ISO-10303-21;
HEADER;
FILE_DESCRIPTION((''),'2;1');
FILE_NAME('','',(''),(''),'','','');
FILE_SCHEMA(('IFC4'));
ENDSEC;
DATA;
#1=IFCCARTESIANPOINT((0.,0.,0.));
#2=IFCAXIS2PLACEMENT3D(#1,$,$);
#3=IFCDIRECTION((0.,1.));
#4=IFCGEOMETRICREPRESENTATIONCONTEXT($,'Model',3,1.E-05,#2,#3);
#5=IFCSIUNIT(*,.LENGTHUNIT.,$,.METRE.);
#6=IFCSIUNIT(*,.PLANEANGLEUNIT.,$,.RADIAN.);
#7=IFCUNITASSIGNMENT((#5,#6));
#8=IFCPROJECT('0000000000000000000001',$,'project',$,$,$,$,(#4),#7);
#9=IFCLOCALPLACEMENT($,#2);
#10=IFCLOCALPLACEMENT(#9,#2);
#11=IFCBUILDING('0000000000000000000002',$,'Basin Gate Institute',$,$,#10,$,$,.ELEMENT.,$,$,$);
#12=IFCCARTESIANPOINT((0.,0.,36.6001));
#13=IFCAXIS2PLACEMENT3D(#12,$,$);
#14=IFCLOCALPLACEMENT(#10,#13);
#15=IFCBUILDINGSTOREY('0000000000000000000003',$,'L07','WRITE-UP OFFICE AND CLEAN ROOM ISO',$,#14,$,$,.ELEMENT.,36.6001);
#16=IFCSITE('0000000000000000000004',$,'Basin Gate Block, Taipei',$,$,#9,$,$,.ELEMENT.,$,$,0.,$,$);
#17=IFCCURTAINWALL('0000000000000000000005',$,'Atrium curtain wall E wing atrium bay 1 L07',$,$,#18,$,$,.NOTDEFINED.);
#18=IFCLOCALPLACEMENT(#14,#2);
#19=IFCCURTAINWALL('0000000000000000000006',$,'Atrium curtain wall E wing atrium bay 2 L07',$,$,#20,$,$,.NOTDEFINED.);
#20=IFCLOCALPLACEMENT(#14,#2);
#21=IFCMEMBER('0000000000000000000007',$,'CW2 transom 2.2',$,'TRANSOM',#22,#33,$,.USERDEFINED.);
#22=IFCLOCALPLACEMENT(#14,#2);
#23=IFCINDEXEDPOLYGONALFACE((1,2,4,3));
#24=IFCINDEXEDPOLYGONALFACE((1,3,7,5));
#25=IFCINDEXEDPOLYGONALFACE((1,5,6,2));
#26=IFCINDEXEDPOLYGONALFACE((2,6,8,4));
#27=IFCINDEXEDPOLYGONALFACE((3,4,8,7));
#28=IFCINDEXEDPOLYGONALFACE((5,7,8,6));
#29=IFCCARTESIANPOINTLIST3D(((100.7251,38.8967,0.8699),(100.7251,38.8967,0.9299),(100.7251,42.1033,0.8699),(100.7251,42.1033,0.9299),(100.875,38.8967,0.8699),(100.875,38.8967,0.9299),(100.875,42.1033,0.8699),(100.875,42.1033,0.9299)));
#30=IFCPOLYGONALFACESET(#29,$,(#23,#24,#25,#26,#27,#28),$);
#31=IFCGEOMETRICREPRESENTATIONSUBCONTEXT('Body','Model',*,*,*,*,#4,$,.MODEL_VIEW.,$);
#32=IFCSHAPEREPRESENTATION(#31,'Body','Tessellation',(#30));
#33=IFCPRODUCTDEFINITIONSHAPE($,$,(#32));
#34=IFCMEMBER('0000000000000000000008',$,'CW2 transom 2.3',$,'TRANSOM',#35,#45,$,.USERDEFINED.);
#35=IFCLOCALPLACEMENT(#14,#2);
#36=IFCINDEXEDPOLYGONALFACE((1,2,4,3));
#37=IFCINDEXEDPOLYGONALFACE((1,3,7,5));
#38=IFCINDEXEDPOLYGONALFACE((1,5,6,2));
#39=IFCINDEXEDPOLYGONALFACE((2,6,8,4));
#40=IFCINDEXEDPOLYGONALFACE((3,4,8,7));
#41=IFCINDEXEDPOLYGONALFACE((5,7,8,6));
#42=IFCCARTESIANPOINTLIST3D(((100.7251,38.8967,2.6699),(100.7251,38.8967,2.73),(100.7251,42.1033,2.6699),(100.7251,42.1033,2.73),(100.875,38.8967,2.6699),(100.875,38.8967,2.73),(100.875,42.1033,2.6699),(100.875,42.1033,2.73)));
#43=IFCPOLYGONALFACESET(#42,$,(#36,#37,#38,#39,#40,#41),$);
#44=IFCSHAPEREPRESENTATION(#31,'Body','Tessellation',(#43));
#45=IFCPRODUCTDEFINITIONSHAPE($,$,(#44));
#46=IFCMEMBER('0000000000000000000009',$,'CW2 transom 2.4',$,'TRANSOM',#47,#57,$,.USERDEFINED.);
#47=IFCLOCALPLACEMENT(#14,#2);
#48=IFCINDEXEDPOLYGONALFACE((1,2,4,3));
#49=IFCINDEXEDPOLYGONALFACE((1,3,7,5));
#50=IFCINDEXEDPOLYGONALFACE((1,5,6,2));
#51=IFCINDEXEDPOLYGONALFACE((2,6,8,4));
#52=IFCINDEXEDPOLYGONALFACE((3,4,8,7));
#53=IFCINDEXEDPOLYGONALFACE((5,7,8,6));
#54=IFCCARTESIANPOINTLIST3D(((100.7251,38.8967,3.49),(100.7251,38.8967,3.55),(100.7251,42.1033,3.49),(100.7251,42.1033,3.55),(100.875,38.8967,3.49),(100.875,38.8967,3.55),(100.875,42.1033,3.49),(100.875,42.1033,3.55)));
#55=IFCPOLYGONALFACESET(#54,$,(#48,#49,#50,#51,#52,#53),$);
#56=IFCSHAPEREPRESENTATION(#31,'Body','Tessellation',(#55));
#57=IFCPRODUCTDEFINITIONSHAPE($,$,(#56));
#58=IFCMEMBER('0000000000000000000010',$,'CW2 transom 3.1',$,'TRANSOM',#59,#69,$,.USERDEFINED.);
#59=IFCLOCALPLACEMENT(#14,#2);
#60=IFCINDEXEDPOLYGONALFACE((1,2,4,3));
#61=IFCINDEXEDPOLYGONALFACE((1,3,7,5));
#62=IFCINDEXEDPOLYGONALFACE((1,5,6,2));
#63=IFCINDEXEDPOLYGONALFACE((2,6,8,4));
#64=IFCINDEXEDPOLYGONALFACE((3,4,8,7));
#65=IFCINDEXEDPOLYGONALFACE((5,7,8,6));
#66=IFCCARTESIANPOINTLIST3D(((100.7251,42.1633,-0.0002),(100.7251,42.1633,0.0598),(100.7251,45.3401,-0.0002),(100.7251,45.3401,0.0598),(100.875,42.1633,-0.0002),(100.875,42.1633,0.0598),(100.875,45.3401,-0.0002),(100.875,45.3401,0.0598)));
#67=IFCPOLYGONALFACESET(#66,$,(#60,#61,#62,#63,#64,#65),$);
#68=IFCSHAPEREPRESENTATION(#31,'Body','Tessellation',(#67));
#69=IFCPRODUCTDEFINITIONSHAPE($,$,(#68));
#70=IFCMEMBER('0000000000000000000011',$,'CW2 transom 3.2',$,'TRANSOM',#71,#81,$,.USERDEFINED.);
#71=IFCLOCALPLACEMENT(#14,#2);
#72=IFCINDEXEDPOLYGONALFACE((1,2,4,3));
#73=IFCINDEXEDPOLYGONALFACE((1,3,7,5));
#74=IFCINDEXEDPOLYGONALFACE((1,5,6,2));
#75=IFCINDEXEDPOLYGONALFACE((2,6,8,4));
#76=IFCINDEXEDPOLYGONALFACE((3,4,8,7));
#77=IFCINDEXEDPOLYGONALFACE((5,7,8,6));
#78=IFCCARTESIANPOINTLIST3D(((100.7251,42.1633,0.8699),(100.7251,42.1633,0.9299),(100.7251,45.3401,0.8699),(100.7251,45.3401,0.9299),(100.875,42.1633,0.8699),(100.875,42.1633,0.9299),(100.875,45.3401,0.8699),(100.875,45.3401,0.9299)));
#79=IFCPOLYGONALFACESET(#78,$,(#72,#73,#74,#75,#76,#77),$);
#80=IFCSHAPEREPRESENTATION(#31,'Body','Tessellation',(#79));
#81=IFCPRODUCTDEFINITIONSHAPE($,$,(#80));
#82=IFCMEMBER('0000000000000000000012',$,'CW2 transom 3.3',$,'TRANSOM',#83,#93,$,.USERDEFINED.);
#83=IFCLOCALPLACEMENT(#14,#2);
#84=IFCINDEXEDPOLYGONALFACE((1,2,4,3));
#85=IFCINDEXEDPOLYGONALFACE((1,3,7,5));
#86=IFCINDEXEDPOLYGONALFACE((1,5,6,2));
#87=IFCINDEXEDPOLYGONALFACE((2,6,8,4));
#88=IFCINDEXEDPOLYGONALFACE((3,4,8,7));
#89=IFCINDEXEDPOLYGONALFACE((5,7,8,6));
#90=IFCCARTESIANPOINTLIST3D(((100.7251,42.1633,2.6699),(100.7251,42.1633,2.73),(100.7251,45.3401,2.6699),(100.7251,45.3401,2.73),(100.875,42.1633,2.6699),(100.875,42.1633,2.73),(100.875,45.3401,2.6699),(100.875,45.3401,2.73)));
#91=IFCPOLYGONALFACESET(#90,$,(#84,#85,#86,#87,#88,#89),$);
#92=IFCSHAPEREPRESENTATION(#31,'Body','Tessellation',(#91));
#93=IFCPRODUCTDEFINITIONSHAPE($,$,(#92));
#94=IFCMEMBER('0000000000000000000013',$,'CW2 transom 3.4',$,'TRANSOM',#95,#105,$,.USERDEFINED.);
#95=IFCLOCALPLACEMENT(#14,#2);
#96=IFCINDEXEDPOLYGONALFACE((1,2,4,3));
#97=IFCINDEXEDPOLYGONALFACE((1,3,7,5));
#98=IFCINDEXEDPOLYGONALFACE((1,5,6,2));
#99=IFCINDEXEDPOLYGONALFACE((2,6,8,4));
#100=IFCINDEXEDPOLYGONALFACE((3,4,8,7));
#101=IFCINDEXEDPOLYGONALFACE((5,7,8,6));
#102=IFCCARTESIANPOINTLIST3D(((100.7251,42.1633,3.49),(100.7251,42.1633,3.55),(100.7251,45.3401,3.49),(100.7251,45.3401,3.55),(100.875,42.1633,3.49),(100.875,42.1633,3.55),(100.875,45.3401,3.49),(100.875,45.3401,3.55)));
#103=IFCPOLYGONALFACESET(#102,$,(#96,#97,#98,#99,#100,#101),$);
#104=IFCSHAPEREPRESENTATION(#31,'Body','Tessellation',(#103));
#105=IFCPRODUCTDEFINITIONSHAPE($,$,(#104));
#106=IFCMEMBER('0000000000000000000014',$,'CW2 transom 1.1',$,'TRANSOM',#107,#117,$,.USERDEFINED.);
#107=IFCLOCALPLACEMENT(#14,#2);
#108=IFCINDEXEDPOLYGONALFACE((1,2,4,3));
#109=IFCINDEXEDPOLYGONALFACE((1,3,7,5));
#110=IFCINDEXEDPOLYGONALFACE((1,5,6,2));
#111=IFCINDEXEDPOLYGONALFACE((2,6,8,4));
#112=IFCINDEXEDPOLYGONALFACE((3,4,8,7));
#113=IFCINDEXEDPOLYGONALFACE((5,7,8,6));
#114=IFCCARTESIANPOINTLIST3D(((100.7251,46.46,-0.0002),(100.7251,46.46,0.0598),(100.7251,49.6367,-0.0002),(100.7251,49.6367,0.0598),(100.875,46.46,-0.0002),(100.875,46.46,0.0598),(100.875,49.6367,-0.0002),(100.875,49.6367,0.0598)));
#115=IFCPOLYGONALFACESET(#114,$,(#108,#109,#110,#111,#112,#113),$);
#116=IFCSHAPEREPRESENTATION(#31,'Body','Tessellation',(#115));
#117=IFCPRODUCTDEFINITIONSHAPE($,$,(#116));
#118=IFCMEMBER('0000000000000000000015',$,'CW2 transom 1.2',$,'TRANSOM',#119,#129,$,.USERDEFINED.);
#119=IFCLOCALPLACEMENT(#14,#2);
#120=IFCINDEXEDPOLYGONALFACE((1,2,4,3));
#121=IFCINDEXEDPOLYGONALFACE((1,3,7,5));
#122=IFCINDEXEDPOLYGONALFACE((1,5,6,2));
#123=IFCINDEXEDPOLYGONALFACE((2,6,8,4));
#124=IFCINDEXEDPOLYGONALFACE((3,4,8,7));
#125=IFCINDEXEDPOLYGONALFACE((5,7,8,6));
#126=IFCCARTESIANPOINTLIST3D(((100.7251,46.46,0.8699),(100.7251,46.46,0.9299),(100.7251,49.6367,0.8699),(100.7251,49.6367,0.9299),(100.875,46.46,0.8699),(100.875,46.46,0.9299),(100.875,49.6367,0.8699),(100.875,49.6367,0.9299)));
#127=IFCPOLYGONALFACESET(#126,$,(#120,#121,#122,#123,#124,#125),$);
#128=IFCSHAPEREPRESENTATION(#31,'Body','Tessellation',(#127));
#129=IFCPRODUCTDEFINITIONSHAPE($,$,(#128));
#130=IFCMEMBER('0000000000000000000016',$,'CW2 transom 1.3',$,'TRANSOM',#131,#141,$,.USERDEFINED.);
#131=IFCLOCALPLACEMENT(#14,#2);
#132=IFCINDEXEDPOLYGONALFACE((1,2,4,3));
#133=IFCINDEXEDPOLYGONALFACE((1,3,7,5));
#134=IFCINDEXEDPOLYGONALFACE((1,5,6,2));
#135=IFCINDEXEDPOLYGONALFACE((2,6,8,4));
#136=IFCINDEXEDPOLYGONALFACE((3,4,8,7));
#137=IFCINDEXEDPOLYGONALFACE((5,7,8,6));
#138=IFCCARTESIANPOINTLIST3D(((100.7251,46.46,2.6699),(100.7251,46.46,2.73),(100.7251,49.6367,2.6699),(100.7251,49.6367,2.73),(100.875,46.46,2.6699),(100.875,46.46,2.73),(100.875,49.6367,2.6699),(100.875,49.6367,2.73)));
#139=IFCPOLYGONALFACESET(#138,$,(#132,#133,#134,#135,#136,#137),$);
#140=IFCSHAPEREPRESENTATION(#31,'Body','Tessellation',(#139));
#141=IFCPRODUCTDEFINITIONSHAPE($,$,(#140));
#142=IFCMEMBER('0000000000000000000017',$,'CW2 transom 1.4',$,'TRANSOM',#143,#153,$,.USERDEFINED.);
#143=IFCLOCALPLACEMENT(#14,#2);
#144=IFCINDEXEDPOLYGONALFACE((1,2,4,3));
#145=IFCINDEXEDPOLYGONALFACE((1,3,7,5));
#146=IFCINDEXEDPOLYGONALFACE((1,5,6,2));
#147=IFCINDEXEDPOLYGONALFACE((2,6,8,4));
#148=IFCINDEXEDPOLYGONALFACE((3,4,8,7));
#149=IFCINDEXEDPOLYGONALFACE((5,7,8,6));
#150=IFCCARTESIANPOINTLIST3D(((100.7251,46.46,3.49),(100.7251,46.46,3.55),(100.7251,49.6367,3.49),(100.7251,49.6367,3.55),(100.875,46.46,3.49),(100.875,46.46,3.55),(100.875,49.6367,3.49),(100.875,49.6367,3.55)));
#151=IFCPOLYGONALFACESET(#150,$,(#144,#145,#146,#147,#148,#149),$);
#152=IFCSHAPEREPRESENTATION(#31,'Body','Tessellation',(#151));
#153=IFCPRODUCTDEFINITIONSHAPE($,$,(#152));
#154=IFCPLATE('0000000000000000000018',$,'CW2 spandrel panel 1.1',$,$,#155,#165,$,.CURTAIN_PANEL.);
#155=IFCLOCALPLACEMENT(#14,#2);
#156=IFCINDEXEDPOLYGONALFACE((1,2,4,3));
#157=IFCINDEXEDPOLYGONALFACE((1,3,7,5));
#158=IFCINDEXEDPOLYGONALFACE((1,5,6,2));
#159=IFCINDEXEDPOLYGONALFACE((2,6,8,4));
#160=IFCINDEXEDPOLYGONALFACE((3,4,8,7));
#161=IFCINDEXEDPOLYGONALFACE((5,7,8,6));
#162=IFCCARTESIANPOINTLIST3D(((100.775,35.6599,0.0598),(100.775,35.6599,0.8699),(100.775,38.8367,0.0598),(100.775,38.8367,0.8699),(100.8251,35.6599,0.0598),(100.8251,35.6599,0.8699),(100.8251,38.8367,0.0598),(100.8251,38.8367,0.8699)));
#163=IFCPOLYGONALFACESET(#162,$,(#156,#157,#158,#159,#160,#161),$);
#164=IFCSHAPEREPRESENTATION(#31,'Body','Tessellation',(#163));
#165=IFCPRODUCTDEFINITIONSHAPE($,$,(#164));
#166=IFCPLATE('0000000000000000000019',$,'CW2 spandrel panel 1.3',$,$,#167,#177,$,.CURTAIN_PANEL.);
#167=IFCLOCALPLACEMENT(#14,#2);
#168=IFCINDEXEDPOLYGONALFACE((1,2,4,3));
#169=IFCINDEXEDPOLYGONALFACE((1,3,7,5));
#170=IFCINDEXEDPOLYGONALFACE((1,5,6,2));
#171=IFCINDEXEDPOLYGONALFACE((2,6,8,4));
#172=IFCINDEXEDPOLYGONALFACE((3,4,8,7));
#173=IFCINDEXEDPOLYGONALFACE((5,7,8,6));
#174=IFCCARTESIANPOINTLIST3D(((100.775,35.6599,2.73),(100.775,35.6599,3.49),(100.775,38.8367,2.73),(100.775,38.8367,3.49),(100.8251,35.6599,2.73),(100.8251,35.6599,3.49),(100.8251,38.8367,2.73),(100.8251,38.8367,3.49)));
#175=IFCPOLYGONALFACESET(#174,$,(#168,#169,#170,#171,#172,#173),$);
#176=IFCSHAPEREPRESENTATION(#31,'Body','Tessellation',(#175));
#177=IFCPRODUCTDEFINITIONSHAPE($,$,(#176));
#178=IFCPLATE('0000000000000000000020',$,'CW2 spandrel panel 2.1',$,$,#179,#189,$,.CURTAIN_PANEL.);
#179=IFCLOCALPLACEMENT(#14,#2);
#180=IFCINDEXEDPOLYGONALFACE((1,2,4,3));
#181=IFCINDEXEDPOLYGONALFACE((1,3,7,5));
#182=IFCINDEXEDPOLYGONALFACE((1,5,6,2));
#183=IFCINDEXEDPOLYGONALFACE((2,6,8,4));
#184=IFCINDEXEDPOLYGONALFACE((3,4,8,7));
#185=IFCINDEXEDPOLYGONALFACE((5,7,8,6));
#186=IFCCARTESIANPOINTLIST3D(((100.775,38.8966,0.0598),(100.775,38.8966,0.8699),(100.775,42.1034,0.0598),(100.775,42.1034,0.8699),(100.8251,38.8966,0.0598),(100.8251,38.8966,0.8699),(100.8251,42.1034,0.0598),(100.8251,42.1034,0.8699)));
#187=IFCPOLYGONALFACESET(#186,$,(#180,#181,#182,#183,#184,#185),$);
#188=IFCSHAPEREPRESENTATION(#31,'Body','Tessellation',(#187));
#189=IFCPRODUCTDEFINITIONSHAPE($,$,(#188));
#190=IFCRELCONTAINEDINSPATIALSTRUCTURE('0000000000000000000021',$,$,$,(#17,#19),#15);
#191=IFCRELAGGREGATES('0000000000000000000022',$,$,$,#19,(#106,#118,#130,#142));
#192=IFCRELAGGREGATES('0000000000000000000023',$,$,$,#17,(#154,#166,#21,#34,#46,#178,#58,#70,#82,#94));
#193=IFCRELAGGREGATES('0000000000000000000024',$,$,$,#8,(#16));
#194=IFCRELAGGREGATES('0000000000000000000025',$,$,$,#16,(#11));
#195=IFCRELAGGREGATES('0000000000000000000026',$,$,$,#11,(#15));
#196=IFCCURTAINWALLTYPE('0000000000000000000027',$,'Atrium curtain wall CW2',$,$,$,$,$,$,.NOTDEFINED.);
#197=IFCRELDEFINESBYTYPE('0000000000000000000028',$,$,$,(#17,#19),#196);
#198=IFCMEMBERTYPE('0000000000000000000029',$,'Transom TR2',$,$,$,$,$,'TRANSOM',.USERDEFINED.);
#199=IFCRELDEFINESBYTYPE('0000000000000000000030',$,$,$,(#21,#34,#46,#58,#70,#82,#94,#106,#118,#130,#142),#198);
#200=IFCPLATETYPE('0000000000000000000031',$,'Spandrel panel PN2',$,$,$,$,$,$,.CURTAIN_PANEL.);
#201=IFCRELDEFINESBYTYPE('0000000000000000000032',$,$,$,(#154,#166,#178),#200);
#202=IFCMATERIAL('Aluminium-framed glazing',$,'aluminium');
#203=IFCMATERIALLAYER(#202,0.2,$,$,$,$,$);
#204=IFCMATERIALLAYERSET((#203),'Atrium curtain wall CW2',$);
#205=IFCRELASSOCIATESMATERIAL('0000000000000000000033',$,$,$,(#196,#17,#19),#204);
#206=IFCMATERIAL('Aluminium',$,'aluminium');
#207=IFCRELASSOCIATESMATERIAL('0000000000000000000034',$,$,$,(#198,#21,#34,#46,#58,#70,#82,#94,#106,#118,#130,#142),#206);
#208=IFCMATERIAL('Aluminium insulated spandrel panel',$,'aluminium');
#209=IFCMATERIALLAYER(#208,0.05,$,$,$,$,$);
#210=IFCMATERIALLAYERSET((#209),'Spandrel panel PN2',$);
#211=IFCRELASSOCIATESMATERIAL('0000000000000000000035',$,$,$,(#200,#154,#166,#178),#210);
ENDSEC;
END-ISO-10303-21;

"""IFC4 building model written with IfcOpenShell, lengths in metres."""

from ifc_helpers import new_model, si_unit, direction, frame, origin, origin_2d, place, context, subcontext, project, spatial, rectangle, extrude, material, layer, layer_set, material_profile, profile_set, type_object, element, aggregate, save


model = new_model("IFC4")

# Units and contexts
model_context = context("Model", 3, precision=1e-05, world=origin(), true_north=direction((0.0, 1.0)))
body_context = subcontext(model_context, "Body", "Model", "MODEL_VIEW")
ifc_project = project(units=[si_unit("LENGTHUNIT", "METRE"), si_unit("PLANEANGLEUNIT", "RADIAN")], contexts=[model_context])

# Site, building, storey
site_placement = place(None, origin())
site = spatial("IfcSite", under=ifc_project, at=site_placement, Name="Basin Gate Block, Taipei", CompositionType="ELEMENT", RefElevation=0.0)
building_placement = place(site_placement, origin())
building = spatial("IfcBuilding", under=site, at=building_placement, Name="Basin Gate Institute", CompositionType="ELEMENT")
storey_placement = place(building_placement, frame((0.0, 0.0, 36.6001)))
storey = spatial("IfcBuildingStorey", under=building, at=storey_placement, Name="L07", Description="WRITE-UP OFFICE AND CLEAN ROOM ISO", CompositionType="ELEMENT", Elevation=36.6001)

# Curtain wall
ifc_material_1 = material(Name="Aluminium-framed glazing", Category="aluminium")
ifc_layer_1 = layer(ifc_material_1, 0.2)
ifc_layer_set_1 = layer_set([ifc_layer_1], Name="Atrium curtain wall CW2")
curtain_wall_type = type_object("IfcCurtainWallType", Name="Atrium curtain wall CW2", PredefinedType="NOTDEFINED", material=ifc_layer_set_1)
curtain_wall_1_placement = place(storey_placement, origin())
curtain_wall_1 = element("IfcCurtainWall", 1, at=curtain_wall_1_placement, inside=storey, type_object=curtain_wall_type, material=ifc_layer_set_1, Name="Atrium curtain wall E wing atrium bay 1 L07", PredefinedType="NOTDEFINED")

# Curtain wall
curtain_wall_2_placement = place(storey_placement, origin())
curtain_wall_2 = element("IfcCurtainWall", 2, at=curtain_wall_2_placement, inside=storey, type_object=curtain_wall_type, material=ifc_layer_set_1, Name="Atrium curtain wall E wing atrium bay 2 L07", PredefinedType="NOTDEFINED")

# Members
ifc_material_2 = material(Name="Aluminium", Category="aluminium")
ifc_material_profile_1 = material_profile(ifc_material_2, rectangle(XDim=0.1499, YDim=0.0601, at=origin_2d()), Name="Transom TR2 150 x 60")
ifc_profile_set_1 = profile_set([ifc_material_profile_1], Name="Aluminium")
member_type_1 = type_object("IfcMemberType", Name="Transom TR2", ElementType="TRANSOM", PredefinedType="USERDEFINED", material=ifc_profile_set_1)
member_1_placement = place(storey_placement, frame((100.8, 38.8967, 0.8999), z_axis=(0.0, 1.0, 0.0), x_axis=(-1.0, 0.0, 0.0)))
member_1 = element("IfcMember", 3, at=member_1_placement, type_object=member_type_1, material=ifc_profile_set_1, Name="CW2 transom 2.2", ObjectType="TRANSOM", PredefinedType="USERDEFINED", context=body_context, shape_type="SweptSolid", body=[
    extrude(rectangle(XDim=0.1499, YDim=0.0601, at=origin_2d()), origin(), (0.0, 0.0, 1.0), 3.2065),
])
member_2_placement = place(storey_placement, frame((100.8, 38.8967, 2.7), z_axis=(0.0, 1.0, 0.0), x_axis=(-1.0, 0.0, 0.0)))
member_2 = element("IfcMember", 4, at=member_2_placement, type_object=member_type_1, material=ifc_profile_set_1, Name="CW2 transom 2.3", ObjectType="TRANSOM", PredefinedType="USERDEFINED", context=body_context, shape_type="SweptSolid", body=[
    extrude(rectangle(XDim=0.1499, YDim=0.0601, at=origin_2d()), origin(), (0.0, 0.0, 1.0), 3.2065),
])
member_3_placement = place(storey_placement, frame((100.8, 38.8967, 3.52), z_axis=(0.0, 1.0, 0.0), x_axis=(-1.0, 0.0, 0.0)))
member_3 = element("IfcMember", 5, at=member_3_placement, type_object=member_type_1, material=ifc_profile_set_1, Name="CW2 transom 2.4", ObjectType="TRANSOM", PredefinedType="USERDEFINED", context=body_context, shape_type="SweptSolid", body=[
    extrude(rectangle(XDim=0.1499, YDim=0.0601, at=origin_2d()), origin(), (0.0, 0.0, 1.0), 3.2065),
])
member_4_placement = place(storey_placement, frame((100.8, 42.1633, 0.0298), z_axis=(0.0, 1.0, 0.0), x_axis=(-1.0, 0.0, 0.0)))
member_4 = element("IfcMember", 6, at=member_4_placement, type_object=member_type_1, material=ifc_profile_set_1, Name="CW2 transom 3.1", ObjectType="TRANSOM", PredefinedType="USERDEFINED", context=body_context, shape_type="SweptSolid", body=[
    extrude(rectangle(XDim=0.1499, YDim=0.0601, at=origin_2d()), origin(), (0.0, 0.0, 1.0), 3.1768),
])
member_5_placement = place(storey_placement, frame((100.8, 42.1633, 0.8999), z_axis=(0.0, 1.0, 0.0), x_axis=(-1.0, 0.0, 0.0)))
member_5 = element("IfcMember", 7, at=member_5_placement, type_object=member_type_1, material=ifc_profile_set_1, Name="CW2 transom 3.2", ObjectType="TRANSOM", PredefinedType="USERDEFINED", context=body_context, shape_type="SweptSolid", body=[
    extrude(rectangle(XDim=0.1499, YDim=0.0601, at=origin_2d()), origin(), (0.0, 0.0, 1.0), 3.1768),
])
member_6_placement = place(storey_placement, frame((100.8, 42.1633, 2.7), z_axis=(0.0, 1.0, 0.0), x_axis=(-1.0, 0.0, 0.0)))
member_6 = element("IfcMember", 8, at=member_6_placement, type_object=member_type_1, material=ifc_profile_set_1, Name="CW2 transom 3.3", ObjectType="TRANSOM", PredefinedType="USERDEFINED", context=body_context, shape_type="SweptSolid", body=[
    extrude(rectangle(XDim=0.1499, YDim=0.0601, at=origin_2d()), origin(), (0.0, 0.0, 1.0), 3.1768),
])
member_7_placement = place(storey_placement, frame((100.8, 42.1633, 3.52), z_axis=(0.0, 1.0, 0.0), x_axis=(-1.0, 0.0, 0.0)))
member_7 = element("IfcMember", 9, at=member_7_placement, type_object=member_type_1, material=ifc_profile_set_1, Name="CW2 transom 3.4", ObjectType="TRANSOM", PredefinedType="USERDEFINED", context=body_context, shape_type="SweptSolid", body=[
    extrude(rectangle(XDim=0.1499, YDim=0.0601, at=origin_2d()), origin(), (0.0, 0.0, 1.0), 3.1768),
])
member_8_placement = place(storey_placement, frame((100.8, 46.46, 0.0298), z_axis=(0.0, 1.0, 0.0), x_axis=(-1.0, 0.0, 0.0)))
member_8 = element("IfcMember", 10, at=member_8_placement, type_object=member_type_1, material=ifc_profile_set_1, Name="CW2 transom 1.1", ObjectType="TRANSOM", PredefinedType="USERDEFINED", context=body_context, shape_type="SweptSolid", body=[
    extrude(rectangle(XDim=0.1499, YDim=0.0601, at=origin_2d()), origin(), (0.0, 0.0, 1.0), 3.1768),
])
member_9_placement = place(storey_placement, frame((100.8, 46.46, 0.8999), z_axis=(0.0, 1.0, 0.0), x_axis=(-1.0, 0.0, 0.0)))
member_9 = element("IfcMember", 11, at=member_9_placement, type_object=member_type_1, material=ifc_profile_set_1, Name="CW2 transom 1.2", ObjectType="TRANSOM", PredefinedType="USERDEFINED", context=body_context, shape_type="SweptSolid", body=[
    extrude(rectangle(XDim=0.1499, YDim=0.0601, at=origin_2d()), origin(), (0.0, 0.0, 1.0), 3.1768),
])
member_10_placement = place(storey_placement, frame((100.8, 46.46, 2.7), z_axis=(0.0, 1.0, 0.0), x_axis=(-1.0, 0.0, 0.0)))
member_10 = element("IfcMember", 12, at=member_10_placement, type_object=member_type_1, material=ifc_profile_set_1, Name="CW2 transom 1.3", ObjectType="TRANSOM", PredefinedType="USERDEFINED", context=body_context, shape_type="SweptSolid", body=[
    extrude(rectangle(XDim=0.1499, YDim=0.0601, at=origin_2d()), origin(), (0.0, 0.0, 1.0), 3.1768),
])
member_11_placement = place(storey_placement, frame((100.8, 46.46, 3.52), z_axis=(0.0, 1.0, 0.0), x_axis=(-1.0, 0.0, 0.0)))
member_11 = element("IfcMember", 13, at=member_11_placement, type_object=member_type_1, material=ifc_profile_set_1, Name="CW2 transom 1.4", ObjectType="TRANSOM", PredefinedType="USERDEFINED", context=body_context, shape_type="SweptSolid", body=[
    extrude(rectangle(XDim=0.1499, YDim=0.0601, at=origin_2d()), origin(), (0.0, 0.0, 1.0), 3.1768),
])
aggregate(curtain_wall_2, [member_8, member_9, member_10, member_11])

# Plates
ifc_material_3 = material(Name="Aluminium insulated spandrel panel", Category="aluminium")
ifc_layer_2 = layer(ifc_material_3, 0.05)
ifc_layer_set_2 = layer_set([ifc_layer_2], Name="Spandrel panel PN2")
plate_type_1 = type_object("IfcPlateType", Name="Spandrel panel PN2", PredefinedType="CURTAIN_PANEL", material=ifc_layer_set_2)
plate_1_placement = place(storey_placement, frame((100.8, 37.2483, 0.0598), z_axis=(0.0, 0.0, 1.0), x_axis=(0.0, 1.0, 0.0)))
plate_1 = element("IfcPlate", 14, at=plate_1_placement, type_object=plate_type_1, material=ifc_layer_set_2, Name="CW2 spandrel panel 1.1", PredefinedType="CURTAIN_PANEL", context=body_context, shape_type="SweptSolid", body=[
    extrude(rectangle(XDim=3.1768, YDim=0.05, at=origin_2d()), origin(), (0.0, 0.0, 1.0), 0.8101),
])
plate_2_placement = place(storey_placement, frame((100.8, 37.2483, 2.73), z_axis=(0.0, 0.0, 1.0), x_axis=(0.0, 1.0, 0.0)))
plate_2 = element("IfcPlate", 15, at=plate_2_placement, type_object=plate_type_1, material=ifc_layer_set_2, Name="CW2 spandrel panel 1.3", PredefinedType="CURTAIN_PANEL", context=body_context, shape_type="SweptSolid", body=[
    extrude(rectangle(XDim=3.1768, YDim=0.05, at=origin_2d()), origin(), (0.0, 0.0, 1.0), 0.76),
])
plate_3_placement = place(storey_placement, frame((100.8, 40.5, 0.0598), z_axis=(0.0, 0.0, 1.0), x_axis=(0.0, 1.0, 0.0)))
plate_3 = element("IfcPlate", 16, at=plate_3_placement, type_object=plate_type_1, material=ifc_layer_set_2, Name="CW2 spandrel panel 2.1", PredefinedType="CURTAIN_PANEL", context=body_context, shape_type="SweptSolid", body=[
    extrude(rectangle(XDim=3.2068, YDim=0.05, at=origin_2d()), origin(), (0.0, 0.0, 1.0), 0.8101),
])
aggregate(curtain_wall_1, [plate_1, plate_2, member_1, member_2, member_3, plate_3, member_4, member_5, member_6, member_7])

save(model, "model.ifc")
